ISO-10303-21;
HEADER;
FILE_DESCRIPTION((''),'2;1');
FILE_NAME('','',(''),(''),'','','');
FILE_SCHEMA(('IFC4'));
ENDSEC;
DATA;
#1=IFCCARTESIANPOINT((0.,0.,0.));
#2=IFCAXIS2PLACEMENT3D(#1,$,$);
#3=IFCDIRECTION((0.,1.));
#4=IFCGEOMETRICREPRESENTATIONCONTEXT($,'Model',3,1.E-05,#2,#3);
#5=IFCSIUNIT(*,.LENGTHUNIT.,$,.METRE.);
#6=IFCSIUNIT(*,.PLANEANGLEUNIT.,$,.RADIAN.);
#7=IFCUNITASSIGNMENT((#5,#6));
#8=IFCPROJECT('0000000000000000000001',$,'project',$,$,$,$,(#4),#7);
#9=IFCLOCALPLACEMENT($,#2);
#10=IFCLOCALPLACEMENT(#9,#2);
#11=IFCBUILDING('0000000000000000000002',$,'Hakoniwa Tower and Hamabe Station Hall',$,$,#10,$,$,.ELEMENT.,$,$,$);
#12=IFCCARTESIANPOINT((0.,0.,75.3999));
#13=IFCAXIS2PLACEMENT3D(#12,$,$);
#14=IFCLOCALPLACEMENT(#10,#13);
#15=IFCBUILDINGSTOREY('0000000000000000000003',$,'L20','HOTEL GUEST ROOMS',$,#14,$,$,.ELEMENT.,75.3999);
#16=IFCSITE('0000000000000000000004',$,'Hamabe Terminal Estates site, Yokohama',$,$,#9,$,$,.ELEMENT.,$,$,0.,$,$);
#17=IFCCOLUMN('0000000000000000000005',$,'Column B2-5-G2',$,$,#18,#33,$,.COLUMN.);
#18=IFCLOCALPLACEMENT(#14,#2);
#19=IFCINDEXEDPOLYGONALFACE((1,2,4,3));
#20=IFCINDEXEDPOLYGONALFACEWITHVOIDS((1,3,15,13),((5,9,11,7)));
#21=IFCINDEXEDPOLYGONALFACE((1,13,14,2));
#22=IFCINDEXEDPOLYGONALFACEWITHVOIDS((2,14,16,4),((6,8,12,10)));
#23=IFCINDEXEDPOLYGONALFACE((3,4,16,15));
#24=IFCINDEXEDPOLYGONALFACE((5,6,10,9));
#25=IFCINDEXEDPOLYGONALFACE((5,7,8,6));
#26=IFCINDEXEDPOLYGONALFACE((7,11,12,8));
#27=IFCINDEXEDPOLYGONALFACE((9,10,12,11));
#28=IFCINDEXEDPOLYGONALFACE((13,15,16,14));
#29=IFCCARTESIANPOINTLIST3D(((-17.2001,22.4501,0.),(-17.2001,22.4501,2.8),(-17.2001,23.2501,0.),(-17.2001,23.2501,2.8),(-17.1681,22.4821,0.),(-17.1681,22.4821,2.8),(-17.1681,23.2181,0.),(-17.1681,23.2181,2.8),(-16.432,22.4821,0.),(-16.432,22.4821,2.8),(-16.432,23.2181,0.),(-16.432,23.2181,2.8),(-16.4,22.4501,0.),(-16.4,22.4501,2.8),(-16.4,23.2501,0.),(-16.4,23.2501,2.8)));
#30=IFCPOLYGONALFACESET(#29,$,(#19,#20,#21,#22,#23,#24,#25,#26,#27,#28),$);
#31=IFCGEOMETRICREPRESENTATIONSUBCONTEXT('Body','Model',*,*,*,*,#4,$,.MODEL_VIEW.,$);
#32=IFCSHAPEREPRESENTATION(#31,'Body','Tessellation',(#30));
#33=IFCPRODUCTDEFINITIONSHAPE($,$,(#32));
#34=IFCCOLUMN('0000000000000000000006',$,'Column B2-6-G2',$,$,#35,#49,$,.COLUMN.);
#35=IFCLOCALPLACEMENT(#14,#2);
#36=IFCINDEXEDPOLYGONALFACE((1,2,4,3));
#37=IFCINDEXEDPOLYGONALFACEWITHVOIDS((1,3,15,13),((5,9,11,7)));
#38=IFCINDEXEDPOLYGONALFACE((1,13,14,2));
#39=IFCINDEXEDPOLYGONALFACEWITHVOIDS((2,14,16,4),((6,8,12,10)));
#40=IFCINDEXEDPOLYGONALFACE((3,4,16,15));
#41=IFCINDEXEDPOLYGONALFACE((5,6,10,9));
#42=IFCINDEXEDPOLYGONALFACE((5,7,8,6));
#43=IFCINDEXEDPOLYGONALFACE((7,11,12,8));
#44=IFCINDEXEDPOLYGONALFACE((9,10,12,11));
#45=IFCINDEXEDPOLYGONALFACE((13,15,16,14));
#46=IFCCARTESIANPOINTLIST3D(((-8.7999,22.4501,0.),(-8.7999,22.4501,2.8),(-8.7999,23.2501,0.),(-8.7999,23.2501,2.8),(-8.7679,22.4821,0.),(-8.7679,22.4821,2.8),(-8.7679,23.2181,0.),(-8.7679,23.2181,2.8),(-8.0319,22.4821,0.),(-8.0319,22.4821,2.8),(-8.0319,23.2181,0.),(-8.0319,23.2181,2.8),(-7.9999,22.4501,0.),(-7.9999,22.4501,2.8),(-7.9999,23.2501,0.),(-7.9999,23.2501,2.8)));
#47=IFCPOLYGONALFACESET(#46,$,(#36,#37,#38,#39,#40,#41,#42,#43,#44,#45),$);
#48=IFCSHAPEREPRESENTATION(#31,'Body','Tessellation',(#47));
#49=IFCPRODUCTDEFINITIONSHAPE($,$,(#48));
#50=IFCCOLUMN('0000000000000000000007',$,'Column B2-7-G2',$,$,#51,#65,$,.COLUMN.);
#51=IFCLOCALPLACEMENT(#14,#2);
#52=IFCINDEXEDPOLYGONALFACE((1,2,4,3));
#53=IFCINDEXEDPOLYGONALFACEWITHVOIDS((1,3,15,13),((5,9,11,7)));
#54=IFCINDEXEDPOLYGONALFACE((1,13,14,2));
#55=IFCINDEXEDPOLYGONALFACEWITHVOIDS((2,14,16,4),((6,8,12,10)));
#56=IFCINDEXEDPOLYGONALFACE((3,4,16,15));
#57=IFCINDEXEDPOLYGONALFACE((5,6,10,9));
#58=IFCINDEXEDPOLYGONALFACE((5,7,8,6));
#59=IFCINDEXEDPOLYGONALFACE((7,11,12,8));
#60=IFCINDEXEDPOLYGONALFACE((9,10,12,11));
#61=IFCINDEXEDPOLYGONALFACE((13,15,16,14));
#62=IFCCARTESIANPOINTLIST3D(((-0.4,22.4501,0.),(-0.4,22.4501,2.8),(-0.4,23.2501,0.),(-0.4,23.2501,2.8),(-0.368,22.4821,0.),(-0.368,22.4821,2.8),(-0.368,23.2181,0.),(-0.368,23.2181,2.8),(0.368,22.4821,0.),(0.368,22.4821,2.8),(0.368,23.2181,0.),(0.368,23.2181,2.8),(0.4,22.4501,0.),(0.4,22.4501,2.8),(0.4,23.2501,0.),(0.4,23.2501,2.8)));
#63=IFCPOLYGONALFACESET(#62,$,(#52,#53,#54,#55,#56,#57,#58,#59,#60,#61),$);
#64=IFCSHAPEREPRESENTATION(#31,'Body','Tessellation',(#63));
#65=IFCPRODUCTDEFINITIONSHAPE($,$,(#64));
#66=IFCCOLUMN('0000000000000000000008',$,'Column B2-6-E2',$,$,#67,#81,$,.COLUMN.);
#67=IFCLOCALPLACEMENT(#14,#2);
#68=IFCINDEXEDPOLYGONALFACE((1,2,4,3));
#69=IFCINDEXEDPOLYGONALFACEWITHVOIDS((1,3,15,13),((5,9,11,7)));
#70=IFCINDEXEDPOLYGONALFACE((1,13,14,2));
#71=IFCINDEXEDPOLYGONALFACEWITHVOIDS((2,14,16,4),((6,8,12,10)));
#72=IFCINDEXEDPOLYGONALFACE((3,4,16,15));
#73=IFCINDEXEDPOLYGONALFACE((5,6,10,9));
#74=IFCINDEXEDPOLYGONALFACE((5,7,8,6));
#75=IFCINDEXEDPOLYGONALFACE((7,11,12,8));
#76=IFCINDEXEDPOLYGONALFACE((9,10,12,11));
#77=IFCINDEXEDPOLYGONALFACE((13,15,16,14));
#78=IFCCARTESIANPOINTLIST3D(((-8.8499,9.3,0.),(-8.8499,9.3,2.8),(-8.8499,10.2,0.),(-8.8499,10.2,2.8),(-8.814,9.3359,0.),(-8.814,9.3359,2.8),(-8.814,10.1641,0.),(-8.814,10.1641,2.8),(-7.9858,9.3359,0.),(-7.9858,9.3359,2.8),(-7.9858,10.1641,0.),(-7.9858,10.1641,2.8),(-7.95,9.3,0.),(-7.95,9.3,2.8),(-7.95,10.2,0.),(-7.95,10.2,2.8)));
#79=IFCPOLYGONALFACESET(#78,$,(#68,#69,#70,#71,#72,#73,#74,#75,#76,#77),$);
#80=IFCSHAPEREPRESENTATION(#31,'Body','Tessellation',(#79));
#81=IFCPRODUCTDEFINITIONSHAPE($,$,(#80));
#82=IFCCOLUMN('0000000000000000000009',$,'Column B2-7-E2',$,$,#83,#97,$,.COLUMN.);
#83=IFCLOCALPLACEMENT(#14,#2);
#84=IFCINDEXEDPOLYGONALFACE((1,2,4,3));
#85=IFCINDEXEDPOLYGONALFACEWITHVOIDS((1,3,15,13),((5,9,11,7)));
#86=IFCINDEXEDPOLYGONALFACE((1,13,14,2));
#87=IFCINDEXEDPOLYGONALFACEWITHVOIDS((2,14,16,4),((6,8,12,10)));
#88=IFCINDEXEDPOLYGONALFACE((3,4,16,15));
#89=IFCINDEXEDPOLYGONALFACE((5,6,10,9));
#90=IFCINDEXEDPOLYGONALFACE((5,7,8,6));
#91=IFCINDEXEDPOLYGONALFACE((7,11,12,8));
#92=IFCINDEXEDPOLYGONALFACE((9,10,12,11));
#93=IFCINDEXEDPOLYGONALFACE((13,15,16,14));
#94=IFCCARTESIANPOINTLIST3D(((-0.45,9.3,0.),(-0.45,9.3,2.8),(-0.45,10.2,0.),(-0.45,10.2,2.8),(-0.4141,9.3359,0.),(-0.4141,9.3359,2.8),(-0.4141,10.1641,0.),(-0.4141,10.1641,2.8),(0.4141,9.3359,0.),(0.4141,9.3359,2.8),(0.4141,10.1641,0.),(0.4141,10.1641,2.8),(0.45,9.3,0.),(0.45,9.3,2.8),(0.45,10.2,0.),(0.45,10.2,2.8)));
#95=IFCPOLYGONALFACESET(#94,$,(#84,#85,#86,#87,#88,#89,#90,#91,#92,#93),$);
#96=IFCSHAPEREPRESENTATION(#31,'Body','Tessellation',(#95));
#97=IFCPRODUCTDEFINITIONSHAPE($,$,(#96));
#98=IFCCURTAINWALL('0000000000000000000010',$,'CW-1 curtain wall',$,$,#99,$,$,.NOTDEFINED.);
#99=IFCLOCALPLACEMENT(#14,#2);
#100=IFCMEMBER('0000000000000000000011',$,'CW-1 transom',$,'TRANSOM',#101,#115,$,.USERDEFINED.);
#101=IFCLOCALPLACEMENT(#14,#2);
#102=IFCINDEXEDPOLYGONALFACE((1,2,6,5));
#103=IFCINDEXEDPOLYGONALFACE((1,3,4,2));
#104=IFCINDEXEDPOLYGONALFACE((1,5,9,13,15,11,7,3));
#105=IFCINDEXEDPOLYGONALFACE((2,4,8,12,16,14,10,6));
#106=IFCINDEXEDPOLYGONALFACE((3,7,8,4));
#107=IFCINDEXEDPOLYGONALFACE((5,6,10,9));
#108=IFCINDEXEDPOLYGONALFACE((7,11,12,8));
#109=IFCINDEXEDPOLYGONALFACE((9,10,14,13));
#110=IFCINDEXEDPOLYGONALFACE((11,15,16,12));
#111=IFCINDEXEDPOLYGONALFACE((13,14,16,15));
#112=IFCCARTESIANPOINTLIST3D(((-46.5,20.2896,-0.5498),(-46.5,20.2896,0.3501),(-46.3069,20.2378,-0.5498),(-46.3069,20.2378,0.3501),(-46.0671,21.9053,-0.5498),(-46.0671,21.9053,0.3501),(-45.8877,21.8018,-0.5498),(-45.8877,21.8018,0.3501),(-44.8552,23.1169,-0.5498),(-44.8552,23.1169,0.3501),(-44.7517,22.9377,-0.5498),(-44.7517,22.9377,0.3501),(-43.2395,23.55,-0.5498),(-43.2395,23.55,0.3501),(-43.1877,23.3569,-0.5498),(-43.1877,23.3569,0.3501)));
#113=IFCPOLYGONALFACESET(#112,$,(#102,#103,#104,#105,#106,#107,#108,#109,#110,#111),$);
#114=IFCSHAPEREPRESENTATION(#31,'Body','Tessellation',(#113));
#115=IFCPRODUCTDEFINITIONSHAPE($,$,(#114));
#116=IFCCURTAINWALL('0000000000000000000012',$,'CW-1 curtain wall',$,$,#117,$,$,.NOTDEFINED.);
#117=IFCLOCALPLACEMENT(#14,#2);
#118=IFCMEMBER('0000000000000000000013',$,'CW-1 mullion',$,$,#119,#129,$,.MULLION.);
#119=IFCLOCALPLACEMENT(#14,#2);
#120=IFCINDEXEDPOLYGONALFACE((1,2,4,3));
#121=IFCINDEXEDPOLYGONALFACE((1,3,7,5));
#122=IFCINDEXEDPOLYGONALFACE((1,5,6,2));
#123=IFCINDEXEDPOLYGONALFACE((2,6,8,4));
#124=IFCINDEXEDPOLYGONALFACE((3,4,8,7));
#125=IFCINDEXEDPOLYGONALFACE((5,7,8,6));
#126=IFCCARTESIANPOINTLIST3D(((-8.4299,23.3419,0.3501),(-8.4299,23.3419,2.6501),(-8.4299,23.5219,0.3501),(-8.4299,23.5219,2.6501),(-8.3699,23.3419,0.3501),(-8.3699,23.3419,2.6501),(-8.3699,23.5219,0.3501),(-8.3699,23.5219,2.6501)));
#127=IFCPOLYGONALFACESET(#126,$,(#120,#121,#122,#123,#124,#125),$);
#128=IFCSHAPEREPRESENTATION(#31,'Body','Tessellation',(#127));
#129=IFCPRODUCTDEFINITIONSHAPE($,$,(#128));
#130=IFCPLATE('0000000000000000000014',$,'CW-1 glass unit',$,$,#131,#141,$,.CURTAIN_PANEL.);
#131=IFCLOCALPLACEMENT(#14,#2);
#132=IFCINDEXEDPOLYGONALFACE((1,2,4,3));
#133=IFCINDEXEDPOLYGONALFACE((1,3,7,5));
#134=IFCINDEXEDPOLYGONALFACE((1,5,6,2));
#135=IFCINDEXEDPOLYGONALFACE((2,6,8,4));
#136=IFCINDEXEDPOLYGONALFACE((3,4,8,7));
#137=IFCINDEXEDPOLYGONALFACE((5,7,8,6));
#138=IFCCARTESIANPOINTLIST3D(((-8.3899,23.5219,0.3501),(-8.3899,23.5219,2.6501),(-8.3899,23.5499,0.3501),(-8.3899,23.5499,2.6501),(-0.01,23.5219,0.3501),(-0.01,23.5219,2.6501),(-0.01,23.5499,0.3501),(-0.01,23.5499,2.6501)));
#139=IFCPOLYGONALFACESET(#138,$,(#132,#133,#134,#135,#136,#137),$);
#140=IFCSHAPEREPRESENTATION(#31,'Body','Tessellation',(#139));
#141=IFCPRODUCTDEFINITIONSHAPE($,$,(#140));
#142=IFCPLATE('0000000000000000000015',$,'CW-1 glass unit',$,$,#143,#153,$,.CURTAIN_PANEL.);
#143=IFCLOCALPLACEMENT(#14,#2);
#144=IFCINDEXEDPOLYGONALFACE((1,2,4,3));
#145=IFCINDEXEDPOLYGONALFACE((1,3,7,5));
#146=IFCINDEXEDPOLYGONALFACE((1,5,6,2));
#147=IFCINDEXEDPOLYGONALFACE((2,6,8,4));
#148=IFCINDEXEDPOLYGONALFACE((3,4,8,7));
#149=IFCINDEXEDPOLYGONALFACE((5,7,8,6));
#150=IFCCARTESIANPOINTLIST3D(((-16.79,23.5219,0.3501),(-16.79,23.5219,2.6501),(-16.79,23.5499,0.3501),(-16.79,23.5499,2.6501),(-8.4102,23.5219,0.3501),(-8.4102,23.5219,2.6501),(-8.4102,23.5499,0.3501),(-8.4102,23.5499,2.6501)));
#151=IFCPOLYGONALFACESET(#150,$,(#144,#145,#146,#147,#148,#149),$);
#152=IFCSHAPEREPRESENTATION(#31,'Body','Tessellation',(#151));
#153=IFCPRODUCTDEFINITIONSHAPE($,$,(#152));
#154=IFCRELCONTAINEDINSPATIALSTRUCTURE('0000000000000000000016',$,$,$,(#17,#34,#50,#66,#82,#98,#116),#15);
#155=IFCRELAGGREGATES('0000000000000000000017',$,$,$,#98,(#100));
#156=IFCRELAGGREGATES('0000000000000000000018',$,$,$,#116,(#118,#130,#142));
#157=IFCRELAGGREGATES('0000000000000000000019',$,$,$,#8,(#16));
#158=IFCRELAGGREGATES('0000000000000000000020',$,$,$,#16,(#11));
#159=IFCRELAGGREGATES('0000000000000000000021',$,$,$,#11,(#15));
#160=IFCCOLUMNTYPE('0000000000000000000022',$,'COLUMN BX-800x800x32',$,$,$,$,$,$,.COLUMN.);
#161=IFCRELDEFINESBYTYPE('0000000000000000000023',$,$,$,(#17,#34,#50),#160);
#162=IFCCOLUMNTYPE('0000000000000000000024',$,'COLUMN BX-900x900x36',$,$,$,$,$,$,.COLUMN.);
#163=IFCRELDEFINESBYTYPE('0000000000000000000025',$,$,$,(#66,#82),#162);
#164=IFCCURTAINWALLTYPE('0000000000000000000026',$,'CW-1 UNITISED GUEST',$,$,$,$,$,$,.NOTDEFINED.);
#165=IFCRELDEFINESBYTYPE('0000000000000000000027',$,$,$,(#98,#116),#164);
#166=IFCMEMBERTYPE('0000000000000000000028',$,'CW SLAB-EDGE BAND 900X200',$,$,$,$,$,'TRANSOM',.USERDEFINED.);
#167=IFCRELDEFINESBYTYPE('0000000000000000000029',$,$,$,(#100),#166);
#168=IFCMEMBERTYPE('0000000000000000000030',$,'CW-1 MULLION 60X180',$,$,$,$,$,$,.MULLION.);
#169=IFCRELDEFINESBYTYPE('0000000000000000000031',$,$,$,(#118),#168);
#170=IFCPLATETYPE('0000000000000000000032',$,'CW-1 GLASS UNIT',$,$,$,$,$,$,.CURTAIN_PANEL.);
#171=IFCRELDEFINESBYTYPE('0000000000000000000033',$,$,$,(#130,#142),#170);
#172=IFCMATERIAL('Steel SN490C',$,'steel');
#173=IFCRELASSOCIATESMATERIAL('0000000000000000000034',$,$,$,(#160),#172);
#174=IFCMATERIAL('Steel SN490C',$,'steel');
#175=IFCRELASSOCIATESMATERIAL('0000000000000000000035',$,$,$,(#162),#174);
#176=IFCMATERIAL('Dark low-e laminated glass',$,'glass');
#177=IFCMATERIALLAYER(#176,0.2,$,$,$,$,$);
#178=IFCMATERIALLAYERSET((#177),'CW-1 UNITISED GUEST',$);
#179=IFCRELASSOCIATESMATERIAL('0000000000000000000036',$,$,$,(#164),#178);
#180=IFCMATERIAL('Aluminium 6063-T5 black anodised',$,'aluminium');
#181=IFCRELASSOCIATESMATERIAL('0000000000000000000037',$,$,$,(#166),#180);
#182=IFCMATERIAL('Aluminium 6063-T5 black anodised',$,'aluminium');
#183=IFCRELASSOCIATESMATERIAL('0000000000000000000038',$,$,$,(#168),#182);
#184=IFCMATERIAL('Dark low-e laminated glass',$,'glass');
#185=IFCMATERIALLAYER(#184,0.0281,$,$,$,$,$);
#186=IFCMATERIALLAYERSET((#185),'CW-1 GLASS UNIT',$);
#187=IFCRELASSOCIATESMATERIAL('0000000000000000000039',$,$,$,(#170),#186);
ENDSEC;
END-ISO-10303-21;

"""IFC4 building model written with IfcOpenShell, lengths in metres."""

from ifc_helpers import new_model, si_unit, direction, frame, origin, origin_2d, place, context, subcontext, project, spatial, polyline, rectangle, hollow_rectangle, outline, extrude, material, layer, layer_set, material_profile, profile_set, type_object, element, aggregate, save


model = new_model("IFC4")

# Units and contexts
model_context = context("Model", 3, precision=1e-05, world=origin(), true_north=direction((0.0, 1.0)))
body_context = subcontext(model_context, "Body", "Model", "MODEL_VIEW")
ifc_project = project(units=[si_unit("LENGTHUNIT", "METRE"), si_unit("PLANEANGLEUNIT", "RADIAN")], contexts=[model_context])

# Site, building, storey
site_placement = place(None, origin())
site = spatial("IfcSite", under=ifc_project, at=site_placement, Name="Hamabe Terminal Estates site, Yokohama", CompositionType="ELEMENT", RefElevation=0.0)
building_placement = place(site_placement, origin())
building = spatial("IfcBuilding", under=site, at=building_placement, Name="Hakoniwa Tower and Hamabe Station Hall", CompositionType="ELEMENT")
storey_placement = place(building_placement, frame((0.0, 0.0, 75.3999)))
storey = spatial("IfcBuildingStorey", under=building, at=storey_placement, Name="L20", Description="HOTEL GUEST ROOMS", CompositionType="ELEMENT", Elevation=75.3999)

# Columns
ifc_material_1 = material(Name="Steel SN490C", Category="steel")
ifc_material_profile_1 = material_profile(ifc_material_1, hollow_rectangle(XDim=0.8, YDim=0.8, WallThickness=0.032, at=origin_2d()), Name="BX-800x800x32")
ifc_profile_set_1 = profile_set([ifc_material_profile_1], Name="Steel SN490C")
column_type_1 = type_object("IfcColumnType", Name="COLUMN BX-800x800x32", PredefinedType="COLUMN", material=ifc_profile_set_1)
for number, where, z_axis, x_axis, name in (
    (1, (-16.8, 22.8501, 0.0), (0.0, 0.0, 1.0), (1.0, 0.0, 0.0), "Column B2-5-G2"),
    (2, (-8.3999, 22.8501, 0.0), (0.0, 0.0, 1.0), (1.0, 0.0, 0.0), "Column B2-6-G2"),
    (3, (0.0, 22.8501, 0.0), (0.0, 0.0, 1.0), (1.0, 0.0, 0.0), "Column B2-7-G2"),
):
    element("IfcColumn", number, at=place(storey_placement, frame(where, z_axis=z_axis, x_axis=x_axis)), inside=storey, type_object=column_type_1, Name=name, PredefinedType="COLUMN", context=body_context, shape_type="SweptSolid", body=[
        extrude(hollow_rectangle(XDim=0.8, YDim=0.8, WallThickness=0.032, at=origin_2d()), origin(), (0.0, 0.0, 1.0), 2.8),
    ])
ifc_material_2 = material(Name="Steel SN490C", Category="steel")
ifc_material_profile_2 = material_profile(ifc_material_2, hollow_rectangle(XDim=0.8999, YDim=0.8999, WallThickness=0.0359, at=origin_2d()), Name="BX-900x900x36")
ifc_profile_set_2 = profile_set([ifc_material_profile_2], Name="Steel SN490C")
column_type_2 = type_object("IfcColumnType", Name="COLUMN BX-900x900x36", PredefinedType="COLUMN", material=ifc_profile_set_2)
for number, where, z_axis, x_axis, name in (
    (4, (-8.3999, 9.75, 0.0), (0.0, 0.0, 1.0), (1.0, 0.0, 0.0), "Column B2-6-E2"),
    (5, (0.0, 9.75, 0.0), (0.0, 0.0, 1.0), (1.0, 0.0, 0.0), "Column B2-7-E2"),
):
    element("IfcColumn", number, at=place(storey_placement, frame(where, z_axis=z_axis, x_axis=x_axis)), inside=storey, type_object=column_type_2, Name=name, PredefinedType="COLUMN", context=body_context, shape_type="SweptSolid", body=[
        extrude(hollow_rectangle(XDim=0.8999, YDim=0.8999, WallThickness=0.0359, at=origin_2d()), origin(), (0.0, 0.0, 1.0), 2.8),
    ])

# Curtain wall, member
ifc_material_3 = material(Name="Dark low-e laminated glass", Category="glass")
ifc_layer_1 = layer(ifc_material_3, 0.2)
ifc_layer_set_1 = layer_set([ifc_layer_1], Name="CW-1 UNITISED GUEST")
curtain_wall_type = type_object("IfcCurtainWallType", Name="CW-1 UNITISED GUEST", PredefinedType="NOTDEFINED", material=ifc_layer_set_1)
curtain_wall_1_placement = place(storey_placement, origin())
curtain_wall_1 = element("IfcCurtainWall", 6, at=curtain_wall_1_placement, inside=storey, type_object=curtain_wall_type, Name="CW-1 curtain wall", PredefinedType="NOTDEFINED")
ifc_material_4 = material(Name="Aluminium 6063-T5 black anodised", Category="aluminium")
ifc_material_profile_3 = material_profile(ifc_material_4, rectangle(XDim=0.2, YDim=0.8999, at=origin_2d()), Name="CW SLAB-EDGE BAND 900X200")
ifc_profile_set_3 = profile_set([ifc_material_profile_3], Name="Aluminium 6063-T5 black anodised")
member_type_1 = type_object("IfcMemberType", Name="CW SLAB-EDGE BAND 900X200", ElementType="TRANSOM", PredefinedType="USERDEFINED", material=ifc_profile_set_3)
member_1_placement = place(storey_placement, frame((0.0, 0.0, -0.5498)))
member_1 = element("IfcMember", 7, at=member_1_placement, type_object=member_type_1, Name="CW-1 transom", ObjectType="TRANSOM", PredefinedType="USERDEFINED", context=body_context, shape_type="SweptSolid", body=[
    extrude(outline(polyline([(-43.2395, 23.55), (-44.8552, 23.1169), (-46.0671, 21.9053), (-46.5, 20.2896), (-46.3069, 20.2378), (-45.8877, 21.8018), (-44.7517, 22.9377), (-43.1877, 23.3569), (-43.2395, 23.55)])), origin(), (0.0, 0.0, 1.0), 0.8999),
])
aggregate(curtain_wall_1, [member_1])

# Curtain wall, member, plates
curtain_wall_2_placement = place(storey_placement, origin())
curtain_wall_2 = element("IfcCurtainWall", 8, at=curtain_wall_2_placement, inside=storey, type_object=curtain_wall_type, Name="CW-1 curtain wall", PredefinedType="NOTDEFINED")
ifc_material_5 = material(Name="Aluminium 6063-T5 black anodised", Category="aluminium")
ifc_material_profile_4 = material_profile(ifc_material_5, rectangle(XDim=0.0601, YDim=0.1799, at=origin_2d()), Name="CW-1 MULLION 60X180")
ifc_profile_set_4 = profile_set([ifc_material_profile_4], Name="Aluminium 6063-T5 black anodised")
member_type_2 = type_object("IfcMemberType", Name="CW-1 MULLION 60X180", PredefinedType="MULLION", material=ifc_profile_set_4)
member_2_placement = place(storey_placement, frame((-8.3999, 23.4319, 0.3501), z_axis=(0.0, 0.0, 1.0), x_axis=(-1.0, 0.0, 0.0)))
member_2 = element("IfcMember", 9, at=member_2_placement, type_object=member_type_2, Name="CW-1 mullion", PredefinedType="MULLION", context=body_context, shape_type="SweptSolid", body=[
    extrude(rectangle(XDim=0.0601, YDim=0.1799, at=origin_2d()), origin(), (0.0, 0.0, 1.0), 2.3),
])
ifc_material_6 = material(Name="Dark low-e laminated glass", Category="glass")
ifc_layer_2 = layer(ifc_material_6, 0.0281)
ifc_layer_set_2 = layer_set([ifc_layer_2], Name="CW-1 GLASS UNIT")
plate_type = type_object("IfcPlateType", Name="CW-1 GLASS UNIT", PredefinedType="CURTAIN_PANEL", material=ifc_layer_set_2)
plate_1_placement = place(storey_placement, frame((-4.2, 23.5359, 0.3501), z_axis=(0.0, 0.0, 1.0), x_axis=(-1.0, 0.0, 0.0)))
plate_1 = element("IfcPlate", 10, at=plate_1_placement, type_object=plate_type, Name="CW-1 glass unit", PredefinedType="CURTAIN_PANEL", context=body_context, shape_type="SweptSolid", body=[
    extrude(rectangle(XDim=8.3799, YDim=0.0281, at=origin_2d()), origin(), (0.0, 0.0, 1.0), 2.3),
])
plate_2_placement = place(storey_placement, frame((-12.6001, 23.5359, 0.3501), z_axis=(0.0, 0.0, 1.0), x_axis=(-1.0, 0.0, 0.0)))
plate_2 = element("IfcPlate", 11, at=plate_2_placement, type_object=plate_type, Name="CW-1 glass unit", PredefinedType="CURTAIN_PANEL", context=body_context, shape_type="SweptSolid", body=[
    extrude(rectangle(XDim=8.3799, YDim=0.0281, at=origin_2d()), origin(), (0.0, 0.0, 1.0), 2.3),
])
aggregate(curtain_wall_2, [member_2, plate_1, plate_2])

save(model, "model.ifc")
